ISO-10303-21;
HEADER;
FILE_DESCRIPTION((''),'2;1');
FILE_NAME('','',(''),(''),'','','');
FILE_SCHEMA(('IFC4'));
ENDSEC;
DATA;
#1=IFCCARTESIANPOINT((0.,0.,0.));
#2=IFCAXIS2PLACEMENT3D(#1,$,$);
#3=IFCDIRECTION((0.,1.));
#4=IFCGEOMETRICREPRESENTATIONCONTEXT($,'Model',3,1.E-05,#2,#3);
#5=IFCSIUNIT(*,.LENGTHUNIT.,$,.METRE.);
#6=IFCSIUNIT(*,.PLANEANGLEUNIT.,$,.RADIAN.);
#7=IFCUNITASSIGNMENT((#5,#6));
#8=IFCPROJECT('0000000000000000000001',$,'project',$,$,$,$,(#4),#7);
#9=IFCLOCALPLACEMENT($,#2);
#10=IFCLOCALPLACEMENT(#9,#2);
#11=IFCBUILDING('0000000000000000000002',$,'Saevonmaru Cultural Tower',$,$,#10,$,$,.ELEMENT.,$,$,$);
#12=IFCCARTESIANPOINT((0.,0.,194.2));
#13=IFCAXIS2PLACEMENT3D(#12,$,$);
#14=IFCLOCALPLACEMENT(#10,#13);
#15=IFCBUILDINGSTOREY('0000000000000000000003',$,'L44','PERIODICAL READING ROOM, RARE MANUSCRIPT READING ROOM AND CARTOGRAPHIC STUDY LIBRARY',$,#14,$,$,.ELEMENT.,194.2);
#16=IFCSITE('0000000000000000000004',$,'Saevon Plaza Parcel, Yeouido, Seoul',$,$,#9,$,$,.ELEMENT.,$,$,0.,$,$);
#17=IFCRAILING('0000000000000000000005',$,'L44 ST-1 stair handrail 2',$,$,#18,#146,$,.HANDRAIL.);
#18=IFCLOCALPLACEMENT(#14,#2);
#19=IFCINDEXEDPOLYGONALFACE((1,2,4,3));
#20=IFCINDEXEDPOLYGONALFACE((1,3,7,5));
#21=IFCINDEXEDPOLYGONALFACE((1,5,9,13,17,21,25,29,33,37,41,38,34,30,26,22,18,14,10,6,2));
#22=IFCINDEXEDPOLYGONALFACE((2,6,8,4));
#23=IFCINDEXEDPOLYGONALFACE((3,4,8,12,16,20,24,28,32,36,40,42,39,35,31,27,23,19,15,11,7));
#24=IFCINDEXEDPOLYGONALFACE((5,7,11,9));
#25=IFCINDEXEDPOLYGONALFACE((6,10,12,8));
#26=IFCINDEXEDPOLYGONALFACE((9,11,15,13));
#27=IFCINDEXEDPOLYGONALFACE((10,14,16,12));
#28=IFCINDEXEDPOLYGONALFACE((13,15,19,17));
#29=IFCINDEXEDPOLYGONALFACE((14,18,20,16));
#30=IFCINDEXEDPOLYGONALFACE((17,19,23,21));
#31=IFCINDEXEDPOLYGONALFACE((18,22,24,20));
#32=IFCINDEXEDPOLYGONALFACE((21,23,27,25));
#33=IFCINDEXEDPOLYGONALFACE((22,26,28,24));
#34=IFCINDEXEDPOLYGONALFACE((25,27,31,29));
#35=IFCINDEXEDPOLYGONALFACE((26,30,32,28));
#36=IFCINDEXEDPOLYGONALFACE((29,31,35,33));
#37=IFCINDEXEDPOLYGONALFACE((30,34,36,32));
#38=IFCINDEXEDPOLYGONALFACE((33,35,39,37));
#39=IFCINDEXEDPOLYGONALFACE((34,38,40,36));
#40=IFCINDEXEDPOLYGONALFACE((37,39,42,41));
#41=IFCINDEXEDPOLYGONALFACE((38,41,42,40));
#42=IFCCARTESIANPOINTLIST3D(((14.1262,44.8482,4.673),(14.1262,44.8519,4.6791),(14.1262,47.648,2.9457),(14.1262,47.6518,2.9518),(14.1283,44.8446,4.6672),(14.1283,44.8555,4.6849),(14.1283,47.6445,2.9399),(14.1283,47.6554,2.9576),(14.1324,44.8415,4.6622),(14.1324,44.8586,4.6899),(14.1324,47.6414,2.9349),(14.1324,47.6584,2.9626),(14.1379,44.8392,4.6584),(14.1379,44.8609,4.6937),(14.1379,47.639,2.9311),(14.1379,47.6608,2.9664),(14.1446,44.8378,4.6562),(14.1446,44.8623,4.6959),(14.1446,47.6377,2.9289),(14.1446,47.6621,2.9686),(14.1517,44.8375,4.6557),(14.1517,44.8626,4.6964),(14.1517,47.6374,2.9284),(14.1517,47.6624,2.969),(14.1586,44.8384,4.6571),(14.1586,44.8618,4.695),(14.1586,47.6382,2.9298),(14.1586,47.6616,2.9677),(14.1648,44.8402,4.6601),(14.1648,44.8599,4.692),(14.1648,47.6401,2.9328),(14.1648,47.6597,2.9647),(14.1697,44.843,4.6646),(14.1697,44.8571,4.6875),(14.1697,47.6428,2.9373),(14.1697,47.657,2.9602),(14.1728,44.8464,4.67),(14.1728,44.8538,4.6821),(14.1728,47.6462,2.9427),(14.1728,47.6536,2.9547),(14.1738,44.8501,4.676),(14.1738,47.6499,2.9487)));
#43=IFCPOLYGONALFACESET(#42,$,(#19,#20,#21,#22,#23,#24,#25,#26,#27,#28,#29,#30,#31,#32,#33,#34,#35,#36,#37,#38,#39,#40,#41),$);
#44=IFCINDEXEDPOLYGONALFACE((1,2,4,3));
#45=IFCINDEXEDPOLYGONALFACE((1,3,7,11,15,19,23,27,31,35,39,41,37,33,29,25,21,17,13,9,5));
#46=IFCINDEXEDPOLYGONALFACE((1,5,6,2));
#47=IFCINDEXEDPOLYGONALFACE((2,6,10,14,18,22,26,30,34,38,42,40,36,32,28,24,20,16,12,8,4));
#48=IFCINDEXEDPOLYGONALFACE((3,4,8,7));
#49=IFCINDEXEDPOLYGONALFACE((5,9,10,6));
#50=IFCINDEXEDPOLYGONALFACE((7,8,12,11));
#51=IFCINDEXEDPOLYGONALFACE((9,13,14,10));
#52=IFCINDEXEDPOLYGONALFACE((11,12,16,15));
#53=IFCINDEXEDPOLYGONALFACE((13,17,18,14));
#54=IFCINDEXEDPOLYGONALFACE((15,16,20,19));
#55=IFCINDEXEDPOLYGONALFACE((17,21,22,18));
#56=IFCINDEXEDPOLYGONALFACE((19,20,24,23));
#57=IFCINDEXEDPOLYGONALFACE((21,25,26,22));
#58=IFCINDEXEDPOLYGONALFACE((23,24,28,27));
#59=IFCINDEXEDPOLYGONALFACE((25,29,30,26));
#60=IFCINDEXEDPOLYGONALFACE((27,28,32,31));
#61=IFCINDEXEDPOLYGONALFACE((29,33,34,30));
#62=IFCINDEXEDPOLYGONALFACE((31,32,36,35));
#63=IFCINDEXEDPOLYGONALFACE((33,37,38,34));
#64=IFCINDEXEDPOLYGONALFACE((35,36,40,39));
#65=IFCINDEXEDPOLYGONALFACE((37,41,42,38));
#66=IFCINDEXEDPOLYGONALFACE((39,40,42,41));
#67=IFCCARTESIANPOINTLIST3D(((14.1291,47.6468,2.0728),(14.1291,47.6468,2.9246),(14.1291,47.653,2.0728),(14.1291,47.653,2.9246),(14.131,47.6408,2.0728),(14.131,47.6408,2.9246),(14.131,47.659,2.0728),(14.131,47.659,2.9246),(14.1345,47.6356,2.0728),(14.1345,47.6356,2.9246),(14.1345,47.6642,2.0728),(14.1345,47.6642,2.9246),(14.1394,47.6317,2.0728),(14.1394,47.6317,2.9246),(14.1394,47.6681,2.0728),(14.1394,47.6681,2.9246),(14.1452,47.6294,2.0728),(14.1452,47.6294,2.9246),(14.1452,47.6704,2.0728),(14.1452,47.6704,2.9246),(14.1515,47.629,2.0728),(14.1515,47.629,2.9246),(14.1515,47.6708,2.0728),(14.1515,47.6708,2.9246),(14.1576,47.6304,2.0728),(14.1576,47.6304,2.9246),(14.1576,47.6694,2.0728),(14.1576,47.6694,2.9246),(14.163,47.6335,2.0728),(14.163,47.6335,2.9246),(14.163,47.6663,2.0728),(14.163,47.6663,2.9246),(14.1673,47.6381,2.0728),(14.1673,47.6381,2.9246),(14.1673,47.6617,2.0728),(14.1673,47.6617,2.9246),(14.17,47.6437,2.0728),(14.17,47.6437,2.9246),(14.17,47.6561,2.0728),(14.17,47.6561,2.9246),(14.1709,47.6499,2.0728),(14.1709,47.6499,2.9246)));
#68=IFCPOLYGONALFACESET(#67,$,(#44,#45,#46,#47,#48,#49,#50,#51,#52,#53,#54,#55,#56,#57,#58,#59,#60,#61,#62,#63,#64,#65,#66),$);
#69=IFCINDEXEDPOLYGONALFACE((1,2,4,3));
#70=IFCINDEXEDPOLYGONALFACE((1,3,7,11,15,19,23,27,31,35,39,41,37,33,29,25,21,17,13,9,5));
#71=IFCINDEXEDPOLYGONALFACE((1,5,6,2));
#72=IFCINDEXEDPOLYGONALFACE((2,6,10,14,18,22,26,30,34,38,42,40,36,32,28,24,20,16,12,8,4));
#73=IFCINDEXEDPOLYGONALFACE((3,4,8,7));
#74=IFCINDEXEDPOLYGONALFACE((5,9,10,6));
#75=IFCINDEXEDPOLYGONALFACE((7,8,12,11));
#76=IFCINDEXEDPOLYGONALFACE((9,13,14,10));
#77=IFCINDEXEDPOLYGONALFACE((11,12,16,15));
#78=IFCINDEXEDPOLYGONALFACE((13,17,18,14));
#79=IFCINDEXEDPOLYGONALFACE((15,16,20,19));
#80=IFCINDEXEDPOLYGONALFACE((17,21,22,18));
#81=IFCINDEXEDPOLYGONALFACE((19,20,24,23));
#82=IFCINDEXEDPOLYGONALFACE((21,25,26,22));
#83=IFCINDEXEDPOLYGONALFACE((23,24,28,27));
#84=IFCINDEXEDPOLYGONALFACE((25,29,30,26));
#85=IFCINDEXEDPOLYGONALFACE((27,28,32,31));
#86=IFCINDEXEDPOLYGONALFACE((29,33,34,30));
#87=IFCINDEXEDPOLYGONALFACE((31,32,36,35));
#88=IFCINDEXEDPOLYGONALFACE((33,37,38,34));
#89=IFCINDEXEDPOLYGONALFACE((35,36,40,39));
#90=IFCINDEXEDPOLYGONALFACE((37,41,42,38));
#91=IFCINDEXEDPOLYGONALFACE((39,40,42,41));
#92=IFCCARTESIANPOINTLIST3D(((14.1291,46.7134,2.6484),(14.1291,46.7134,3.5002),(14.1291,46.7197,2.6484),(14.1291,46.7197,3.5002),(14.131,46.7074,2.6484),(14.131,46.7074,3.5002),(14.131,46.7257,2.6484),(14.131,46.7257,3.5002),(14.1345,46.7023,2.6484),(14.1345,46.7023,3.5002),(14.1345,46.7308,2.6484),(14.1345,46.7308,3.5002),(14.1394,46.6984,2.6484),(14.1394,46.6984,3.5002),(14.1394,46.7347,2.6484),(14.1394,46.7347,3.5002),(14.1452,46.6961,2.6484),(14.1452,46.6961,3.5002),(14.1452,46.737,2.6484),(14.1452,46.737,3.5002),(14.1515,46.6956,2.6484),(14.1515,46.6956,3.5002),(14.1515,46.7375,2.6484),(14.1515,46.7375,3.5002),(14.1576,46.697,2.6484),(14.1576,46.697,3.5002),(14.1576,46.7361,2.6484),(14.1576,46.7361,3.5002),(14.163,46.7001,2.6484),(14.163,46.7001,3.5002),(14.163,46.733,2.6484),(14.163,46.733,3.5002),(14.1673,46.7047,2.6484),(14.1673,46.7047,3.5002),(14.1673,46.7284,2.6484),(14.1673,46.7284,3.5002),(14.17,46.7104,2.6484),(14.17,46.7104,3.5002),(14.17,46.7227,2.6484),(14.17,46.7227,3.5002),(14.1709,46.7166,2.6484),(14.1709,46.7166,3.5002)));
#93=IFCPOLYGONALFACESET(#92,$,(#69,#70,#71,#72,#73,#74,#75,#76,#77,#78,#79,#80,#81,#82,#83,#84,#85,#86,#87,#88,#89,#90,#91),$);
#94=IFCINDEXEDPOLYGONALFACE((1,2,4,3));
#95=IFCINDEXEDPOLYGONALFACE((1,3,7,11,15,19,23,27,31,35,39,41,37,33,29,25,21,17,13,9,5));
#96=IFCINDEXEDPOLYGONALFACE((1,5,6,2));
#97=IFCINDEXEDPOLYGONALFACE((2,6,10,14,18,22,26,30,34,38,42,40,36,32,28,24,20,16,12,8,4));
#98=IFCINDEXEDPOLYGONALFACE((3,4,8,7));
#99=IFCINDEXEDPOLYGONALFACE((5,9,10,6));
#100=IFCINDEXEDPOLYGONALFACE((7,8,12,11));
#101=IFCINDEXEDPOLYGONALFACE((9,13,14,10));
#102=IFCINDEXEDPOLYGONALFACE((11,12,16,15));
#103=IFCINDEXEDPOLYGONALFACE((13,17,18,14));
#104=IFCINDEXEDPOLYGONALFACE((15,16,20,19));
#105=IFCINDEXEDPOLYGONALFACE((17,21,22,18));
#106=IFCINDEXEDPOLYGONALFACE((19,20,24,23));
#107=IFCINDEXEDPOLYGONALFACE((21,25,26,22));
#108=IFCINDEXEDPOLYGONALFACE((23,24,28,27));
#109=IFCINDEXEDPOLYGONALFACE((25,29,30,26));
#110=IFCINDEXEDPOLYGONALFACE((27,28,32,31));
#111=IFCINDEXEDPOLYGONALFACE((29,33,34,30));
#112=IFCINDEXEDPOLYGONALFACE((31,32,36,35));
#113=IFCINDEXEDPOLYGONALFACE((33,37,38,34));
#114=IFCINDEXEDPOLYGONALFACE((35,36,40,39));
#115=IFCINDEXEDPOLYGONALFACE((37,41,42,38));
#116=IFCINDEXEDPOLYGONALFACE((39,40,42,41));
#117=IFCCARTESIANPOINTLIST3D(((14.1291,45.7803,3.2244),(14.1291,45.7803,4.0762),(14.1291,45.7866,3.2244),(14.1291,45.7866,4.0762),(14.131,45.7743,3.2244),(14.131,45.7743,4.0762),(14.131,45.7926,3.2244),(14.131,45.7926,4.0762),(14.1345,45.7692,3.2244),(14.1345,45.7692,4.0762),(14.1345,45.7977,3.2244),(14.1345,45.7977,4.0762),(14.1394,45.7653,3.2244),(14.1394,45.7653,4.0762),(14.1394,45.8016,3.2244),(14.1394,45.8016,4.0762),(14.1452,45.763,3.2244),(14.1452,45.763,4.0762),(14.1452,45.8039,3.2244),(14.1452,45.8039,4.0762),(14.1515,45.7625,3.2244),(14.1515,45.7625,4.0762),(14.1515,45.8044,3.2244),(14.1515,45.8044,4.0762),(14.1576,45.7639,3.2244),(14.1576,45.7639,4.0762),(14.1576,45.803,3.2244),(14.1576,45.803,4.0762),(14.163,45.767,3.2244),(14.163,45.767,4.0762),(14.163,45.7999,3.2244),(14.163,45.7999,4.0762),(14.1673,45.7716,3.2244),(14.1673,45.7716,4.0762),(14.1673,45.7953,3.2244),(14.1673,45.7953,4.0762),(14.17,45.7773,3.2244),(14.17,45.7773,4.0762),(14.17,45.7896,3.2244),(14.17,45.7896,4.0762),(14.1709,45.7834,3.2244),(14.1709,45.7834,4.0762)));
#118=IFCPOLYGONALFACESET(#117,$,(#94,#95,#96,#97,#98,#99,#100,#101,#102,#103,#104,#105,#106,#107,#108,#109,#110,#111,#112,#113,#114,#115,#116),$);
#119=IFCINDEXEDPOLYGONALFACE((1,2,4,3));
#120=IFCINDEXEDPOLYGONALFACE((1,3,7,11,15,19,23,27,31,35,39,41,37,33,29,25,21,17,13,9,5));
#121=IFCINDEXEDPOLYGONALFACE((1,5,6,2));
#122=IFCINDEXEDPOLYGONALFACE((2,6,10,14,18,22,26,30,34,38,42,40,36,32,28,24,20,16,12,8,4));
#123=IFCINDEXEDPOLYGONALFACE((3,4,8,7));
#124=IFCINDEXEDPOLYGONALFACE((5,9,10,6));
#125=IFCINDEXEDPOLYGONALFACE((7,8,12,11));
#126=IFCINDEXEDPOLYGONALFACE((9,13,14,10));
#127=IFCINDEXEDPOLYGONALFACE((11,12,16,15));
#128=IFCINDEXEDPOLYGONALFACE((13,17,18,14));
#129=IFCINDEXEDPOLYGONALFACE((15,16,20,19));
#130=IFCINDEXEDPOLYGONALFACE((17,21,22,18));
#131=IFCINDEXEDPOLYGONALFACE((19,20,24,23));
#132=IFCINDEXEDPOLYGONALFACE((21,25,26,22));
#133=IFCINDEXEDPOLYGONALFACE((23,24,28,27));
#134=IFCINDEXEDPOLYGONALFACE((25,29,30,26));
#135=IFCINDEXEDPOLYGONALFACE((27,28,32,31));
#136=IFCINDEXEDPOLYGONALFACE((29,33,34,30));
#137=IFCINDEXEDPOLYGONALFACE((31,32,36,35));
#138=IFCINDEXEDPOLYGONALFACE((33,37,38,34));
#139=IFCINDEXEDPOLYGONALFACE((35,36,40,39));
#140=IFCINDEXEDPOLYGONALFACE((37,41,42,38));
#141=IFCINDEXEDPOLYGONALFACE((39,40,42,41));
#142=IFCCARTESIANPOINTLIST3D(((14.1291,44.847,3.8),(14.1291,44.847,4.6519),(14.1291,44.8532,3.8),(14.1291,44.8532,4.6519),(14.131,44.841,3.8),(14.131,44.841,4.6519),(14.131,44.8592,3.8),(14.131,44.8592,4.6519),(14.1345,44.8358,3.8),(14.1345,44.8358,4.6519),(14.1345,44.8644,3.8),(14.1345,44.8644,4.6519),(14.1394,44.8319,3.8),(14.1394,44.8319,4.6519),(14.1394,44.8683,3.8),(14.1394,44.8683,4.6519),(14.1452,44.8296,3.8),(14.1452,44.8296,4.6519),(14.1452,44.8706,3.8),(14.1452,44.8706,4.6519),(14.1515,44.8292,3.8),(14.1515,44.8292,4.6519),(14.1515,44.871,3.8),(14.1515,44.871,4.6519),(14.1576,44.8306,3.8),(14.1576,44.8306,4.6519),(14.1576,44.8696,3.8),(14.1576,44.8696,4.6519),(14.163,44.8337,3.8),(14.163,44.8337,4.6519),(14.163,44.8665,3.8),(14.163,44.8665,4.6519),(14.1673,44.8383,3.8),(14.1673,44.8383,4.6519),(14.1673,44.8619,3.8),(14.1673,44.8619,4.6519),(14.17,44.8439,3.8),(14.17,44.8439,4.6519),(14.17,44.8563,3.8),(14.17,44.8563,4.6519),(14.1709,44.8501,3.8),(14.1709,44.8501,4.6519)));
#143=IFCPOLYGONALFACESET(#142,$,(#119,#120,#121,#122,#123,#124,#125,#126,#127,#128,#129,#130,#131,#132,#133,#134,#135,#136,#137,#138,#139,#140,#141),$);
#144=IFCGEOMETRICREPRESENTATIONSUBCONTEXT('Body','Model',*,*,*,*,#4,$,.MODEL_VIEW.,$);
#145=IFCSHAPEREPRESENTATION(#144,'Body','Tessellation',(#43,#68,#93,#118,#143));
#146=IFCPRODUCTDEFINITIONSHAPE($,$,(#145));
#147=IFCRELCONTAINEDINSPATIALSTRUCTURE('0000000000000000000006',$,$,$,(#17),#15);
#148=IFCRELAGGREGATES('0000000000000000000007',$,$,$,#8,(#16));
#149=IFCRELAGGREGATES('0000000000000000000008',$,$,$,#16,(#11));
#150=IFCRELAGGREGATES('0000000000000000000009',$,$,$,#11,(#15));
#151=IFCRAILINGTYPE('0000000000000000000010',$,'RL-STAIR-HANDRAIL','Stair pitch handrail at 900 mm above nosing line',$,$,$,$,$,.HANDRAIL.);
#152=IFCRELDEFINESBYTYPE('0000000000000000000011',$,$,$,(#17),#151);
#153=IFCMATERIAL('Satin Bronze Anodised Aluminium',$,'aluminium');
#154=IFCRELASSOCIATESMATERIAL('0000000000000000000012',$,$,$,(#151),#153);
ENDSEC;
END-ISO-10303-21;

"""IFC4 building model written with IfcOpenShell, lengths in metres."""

from ifc_helpers import new_model, si_unit, direction, frame, origin, origin_2d, place, context, subcontext, project, spatial, circle, extrude, material, type_object, element, save


model = new_model("IFC4")

# Units and contexts
model_context = context("Model", 3, precision=1e-05, world=origin(), true_north=direction((0.0, 1.0)))
body_context = subcontext(model_context, "Body", "Model", "MODEL_VIEW")
ifc_project = project(units=[si_unit("LENGTHUNIT", "METRE"), si_unit("PLANEANGLEUNIT", "RADIAN")], contexts=[model_context])

# Site, building, storey
site_placement = place(None, origin())
site = spatial("IfcSite", under=ifc_project, at=site_placement, Name="Saevon Plaza Parcel, Yeouido, Seoul", CompositionType="ELEMENT", RefElevation=0.0)
building_placement = place(site_placement, origin())
building = spatial("IfcBuilding", under=site, at=building_placement, Name="Saevonmaru Cultural Tower", CompositionType="ELEMENT")
storey_placement = place(building_placement, frame((0.0, 0.0, 194.2)))
storey = spatial("IfcBuildingStorey", under=building, at=storey_placement, Name="L44", Description="PERIODICAL READING ROOM, RARE MANUSCRIPT READING ROOM AND CARTOGRAPHIC STUDY LIBRARY", CompositionType="ELEMENT", Elevation=194.2)

# Shared definitions
ifc_material_1 = material(Name="Satin Bronze Anodised Aluminium", Category="aluminium")

# Railing
railing_type_1 = type_object("IfcRailingType", Name="RL-STAIR-HANDRAIL", Description="Stair pitch handrail at 900 mm above nosing line", PredefinedType="HANDRAIL", material=ifc_material_1)
railing_1_placement = place(storey_placement, frame((14.1499, 47.6499, 2.0728)))
element("IfcRailing", 1, at=railing_1_placement, inside=storey, type_object=railing_type_1, Name="L44 ST-1 stair handrail 2", PredefinedType="HANDRAIL", context=body_context, shape_type="SweptSolid", body=[
    extrude(circle(Radius=0.0239, at=origin_2d()), frame((0.0, 0.0, 0.876), z_axis=(0.0, -0.851069, 0.525054), x_axis=(1.0, 0.0, 0.0)), (0.0, 0.0, 1.0), 3.2898),
    extrude(circle(Radius=0.021, at=origin_2d()), origin(), (0.0, 0.0, 1.0), 0.8518),
    extrude(circle(Radius=0.021, at=origin_2d()), frame((0.0, -0.9333, 0.5757)), (0.0, 0.0, 1.0), 0.8518),
    extrude(circle(Radius=0.021, at=origin_2d()), frame((0.0, -1.8665, 1.1516)), (0.0, 0.0, 1.0), 0.8518),
    extrude(circle(Radius=0.021, at=origin_2d()), frame((0.0, -2.7998, 1.7273)), (0.0, 0.0, 1.0), 0.8518),
])

save(model, "model.ifc")
